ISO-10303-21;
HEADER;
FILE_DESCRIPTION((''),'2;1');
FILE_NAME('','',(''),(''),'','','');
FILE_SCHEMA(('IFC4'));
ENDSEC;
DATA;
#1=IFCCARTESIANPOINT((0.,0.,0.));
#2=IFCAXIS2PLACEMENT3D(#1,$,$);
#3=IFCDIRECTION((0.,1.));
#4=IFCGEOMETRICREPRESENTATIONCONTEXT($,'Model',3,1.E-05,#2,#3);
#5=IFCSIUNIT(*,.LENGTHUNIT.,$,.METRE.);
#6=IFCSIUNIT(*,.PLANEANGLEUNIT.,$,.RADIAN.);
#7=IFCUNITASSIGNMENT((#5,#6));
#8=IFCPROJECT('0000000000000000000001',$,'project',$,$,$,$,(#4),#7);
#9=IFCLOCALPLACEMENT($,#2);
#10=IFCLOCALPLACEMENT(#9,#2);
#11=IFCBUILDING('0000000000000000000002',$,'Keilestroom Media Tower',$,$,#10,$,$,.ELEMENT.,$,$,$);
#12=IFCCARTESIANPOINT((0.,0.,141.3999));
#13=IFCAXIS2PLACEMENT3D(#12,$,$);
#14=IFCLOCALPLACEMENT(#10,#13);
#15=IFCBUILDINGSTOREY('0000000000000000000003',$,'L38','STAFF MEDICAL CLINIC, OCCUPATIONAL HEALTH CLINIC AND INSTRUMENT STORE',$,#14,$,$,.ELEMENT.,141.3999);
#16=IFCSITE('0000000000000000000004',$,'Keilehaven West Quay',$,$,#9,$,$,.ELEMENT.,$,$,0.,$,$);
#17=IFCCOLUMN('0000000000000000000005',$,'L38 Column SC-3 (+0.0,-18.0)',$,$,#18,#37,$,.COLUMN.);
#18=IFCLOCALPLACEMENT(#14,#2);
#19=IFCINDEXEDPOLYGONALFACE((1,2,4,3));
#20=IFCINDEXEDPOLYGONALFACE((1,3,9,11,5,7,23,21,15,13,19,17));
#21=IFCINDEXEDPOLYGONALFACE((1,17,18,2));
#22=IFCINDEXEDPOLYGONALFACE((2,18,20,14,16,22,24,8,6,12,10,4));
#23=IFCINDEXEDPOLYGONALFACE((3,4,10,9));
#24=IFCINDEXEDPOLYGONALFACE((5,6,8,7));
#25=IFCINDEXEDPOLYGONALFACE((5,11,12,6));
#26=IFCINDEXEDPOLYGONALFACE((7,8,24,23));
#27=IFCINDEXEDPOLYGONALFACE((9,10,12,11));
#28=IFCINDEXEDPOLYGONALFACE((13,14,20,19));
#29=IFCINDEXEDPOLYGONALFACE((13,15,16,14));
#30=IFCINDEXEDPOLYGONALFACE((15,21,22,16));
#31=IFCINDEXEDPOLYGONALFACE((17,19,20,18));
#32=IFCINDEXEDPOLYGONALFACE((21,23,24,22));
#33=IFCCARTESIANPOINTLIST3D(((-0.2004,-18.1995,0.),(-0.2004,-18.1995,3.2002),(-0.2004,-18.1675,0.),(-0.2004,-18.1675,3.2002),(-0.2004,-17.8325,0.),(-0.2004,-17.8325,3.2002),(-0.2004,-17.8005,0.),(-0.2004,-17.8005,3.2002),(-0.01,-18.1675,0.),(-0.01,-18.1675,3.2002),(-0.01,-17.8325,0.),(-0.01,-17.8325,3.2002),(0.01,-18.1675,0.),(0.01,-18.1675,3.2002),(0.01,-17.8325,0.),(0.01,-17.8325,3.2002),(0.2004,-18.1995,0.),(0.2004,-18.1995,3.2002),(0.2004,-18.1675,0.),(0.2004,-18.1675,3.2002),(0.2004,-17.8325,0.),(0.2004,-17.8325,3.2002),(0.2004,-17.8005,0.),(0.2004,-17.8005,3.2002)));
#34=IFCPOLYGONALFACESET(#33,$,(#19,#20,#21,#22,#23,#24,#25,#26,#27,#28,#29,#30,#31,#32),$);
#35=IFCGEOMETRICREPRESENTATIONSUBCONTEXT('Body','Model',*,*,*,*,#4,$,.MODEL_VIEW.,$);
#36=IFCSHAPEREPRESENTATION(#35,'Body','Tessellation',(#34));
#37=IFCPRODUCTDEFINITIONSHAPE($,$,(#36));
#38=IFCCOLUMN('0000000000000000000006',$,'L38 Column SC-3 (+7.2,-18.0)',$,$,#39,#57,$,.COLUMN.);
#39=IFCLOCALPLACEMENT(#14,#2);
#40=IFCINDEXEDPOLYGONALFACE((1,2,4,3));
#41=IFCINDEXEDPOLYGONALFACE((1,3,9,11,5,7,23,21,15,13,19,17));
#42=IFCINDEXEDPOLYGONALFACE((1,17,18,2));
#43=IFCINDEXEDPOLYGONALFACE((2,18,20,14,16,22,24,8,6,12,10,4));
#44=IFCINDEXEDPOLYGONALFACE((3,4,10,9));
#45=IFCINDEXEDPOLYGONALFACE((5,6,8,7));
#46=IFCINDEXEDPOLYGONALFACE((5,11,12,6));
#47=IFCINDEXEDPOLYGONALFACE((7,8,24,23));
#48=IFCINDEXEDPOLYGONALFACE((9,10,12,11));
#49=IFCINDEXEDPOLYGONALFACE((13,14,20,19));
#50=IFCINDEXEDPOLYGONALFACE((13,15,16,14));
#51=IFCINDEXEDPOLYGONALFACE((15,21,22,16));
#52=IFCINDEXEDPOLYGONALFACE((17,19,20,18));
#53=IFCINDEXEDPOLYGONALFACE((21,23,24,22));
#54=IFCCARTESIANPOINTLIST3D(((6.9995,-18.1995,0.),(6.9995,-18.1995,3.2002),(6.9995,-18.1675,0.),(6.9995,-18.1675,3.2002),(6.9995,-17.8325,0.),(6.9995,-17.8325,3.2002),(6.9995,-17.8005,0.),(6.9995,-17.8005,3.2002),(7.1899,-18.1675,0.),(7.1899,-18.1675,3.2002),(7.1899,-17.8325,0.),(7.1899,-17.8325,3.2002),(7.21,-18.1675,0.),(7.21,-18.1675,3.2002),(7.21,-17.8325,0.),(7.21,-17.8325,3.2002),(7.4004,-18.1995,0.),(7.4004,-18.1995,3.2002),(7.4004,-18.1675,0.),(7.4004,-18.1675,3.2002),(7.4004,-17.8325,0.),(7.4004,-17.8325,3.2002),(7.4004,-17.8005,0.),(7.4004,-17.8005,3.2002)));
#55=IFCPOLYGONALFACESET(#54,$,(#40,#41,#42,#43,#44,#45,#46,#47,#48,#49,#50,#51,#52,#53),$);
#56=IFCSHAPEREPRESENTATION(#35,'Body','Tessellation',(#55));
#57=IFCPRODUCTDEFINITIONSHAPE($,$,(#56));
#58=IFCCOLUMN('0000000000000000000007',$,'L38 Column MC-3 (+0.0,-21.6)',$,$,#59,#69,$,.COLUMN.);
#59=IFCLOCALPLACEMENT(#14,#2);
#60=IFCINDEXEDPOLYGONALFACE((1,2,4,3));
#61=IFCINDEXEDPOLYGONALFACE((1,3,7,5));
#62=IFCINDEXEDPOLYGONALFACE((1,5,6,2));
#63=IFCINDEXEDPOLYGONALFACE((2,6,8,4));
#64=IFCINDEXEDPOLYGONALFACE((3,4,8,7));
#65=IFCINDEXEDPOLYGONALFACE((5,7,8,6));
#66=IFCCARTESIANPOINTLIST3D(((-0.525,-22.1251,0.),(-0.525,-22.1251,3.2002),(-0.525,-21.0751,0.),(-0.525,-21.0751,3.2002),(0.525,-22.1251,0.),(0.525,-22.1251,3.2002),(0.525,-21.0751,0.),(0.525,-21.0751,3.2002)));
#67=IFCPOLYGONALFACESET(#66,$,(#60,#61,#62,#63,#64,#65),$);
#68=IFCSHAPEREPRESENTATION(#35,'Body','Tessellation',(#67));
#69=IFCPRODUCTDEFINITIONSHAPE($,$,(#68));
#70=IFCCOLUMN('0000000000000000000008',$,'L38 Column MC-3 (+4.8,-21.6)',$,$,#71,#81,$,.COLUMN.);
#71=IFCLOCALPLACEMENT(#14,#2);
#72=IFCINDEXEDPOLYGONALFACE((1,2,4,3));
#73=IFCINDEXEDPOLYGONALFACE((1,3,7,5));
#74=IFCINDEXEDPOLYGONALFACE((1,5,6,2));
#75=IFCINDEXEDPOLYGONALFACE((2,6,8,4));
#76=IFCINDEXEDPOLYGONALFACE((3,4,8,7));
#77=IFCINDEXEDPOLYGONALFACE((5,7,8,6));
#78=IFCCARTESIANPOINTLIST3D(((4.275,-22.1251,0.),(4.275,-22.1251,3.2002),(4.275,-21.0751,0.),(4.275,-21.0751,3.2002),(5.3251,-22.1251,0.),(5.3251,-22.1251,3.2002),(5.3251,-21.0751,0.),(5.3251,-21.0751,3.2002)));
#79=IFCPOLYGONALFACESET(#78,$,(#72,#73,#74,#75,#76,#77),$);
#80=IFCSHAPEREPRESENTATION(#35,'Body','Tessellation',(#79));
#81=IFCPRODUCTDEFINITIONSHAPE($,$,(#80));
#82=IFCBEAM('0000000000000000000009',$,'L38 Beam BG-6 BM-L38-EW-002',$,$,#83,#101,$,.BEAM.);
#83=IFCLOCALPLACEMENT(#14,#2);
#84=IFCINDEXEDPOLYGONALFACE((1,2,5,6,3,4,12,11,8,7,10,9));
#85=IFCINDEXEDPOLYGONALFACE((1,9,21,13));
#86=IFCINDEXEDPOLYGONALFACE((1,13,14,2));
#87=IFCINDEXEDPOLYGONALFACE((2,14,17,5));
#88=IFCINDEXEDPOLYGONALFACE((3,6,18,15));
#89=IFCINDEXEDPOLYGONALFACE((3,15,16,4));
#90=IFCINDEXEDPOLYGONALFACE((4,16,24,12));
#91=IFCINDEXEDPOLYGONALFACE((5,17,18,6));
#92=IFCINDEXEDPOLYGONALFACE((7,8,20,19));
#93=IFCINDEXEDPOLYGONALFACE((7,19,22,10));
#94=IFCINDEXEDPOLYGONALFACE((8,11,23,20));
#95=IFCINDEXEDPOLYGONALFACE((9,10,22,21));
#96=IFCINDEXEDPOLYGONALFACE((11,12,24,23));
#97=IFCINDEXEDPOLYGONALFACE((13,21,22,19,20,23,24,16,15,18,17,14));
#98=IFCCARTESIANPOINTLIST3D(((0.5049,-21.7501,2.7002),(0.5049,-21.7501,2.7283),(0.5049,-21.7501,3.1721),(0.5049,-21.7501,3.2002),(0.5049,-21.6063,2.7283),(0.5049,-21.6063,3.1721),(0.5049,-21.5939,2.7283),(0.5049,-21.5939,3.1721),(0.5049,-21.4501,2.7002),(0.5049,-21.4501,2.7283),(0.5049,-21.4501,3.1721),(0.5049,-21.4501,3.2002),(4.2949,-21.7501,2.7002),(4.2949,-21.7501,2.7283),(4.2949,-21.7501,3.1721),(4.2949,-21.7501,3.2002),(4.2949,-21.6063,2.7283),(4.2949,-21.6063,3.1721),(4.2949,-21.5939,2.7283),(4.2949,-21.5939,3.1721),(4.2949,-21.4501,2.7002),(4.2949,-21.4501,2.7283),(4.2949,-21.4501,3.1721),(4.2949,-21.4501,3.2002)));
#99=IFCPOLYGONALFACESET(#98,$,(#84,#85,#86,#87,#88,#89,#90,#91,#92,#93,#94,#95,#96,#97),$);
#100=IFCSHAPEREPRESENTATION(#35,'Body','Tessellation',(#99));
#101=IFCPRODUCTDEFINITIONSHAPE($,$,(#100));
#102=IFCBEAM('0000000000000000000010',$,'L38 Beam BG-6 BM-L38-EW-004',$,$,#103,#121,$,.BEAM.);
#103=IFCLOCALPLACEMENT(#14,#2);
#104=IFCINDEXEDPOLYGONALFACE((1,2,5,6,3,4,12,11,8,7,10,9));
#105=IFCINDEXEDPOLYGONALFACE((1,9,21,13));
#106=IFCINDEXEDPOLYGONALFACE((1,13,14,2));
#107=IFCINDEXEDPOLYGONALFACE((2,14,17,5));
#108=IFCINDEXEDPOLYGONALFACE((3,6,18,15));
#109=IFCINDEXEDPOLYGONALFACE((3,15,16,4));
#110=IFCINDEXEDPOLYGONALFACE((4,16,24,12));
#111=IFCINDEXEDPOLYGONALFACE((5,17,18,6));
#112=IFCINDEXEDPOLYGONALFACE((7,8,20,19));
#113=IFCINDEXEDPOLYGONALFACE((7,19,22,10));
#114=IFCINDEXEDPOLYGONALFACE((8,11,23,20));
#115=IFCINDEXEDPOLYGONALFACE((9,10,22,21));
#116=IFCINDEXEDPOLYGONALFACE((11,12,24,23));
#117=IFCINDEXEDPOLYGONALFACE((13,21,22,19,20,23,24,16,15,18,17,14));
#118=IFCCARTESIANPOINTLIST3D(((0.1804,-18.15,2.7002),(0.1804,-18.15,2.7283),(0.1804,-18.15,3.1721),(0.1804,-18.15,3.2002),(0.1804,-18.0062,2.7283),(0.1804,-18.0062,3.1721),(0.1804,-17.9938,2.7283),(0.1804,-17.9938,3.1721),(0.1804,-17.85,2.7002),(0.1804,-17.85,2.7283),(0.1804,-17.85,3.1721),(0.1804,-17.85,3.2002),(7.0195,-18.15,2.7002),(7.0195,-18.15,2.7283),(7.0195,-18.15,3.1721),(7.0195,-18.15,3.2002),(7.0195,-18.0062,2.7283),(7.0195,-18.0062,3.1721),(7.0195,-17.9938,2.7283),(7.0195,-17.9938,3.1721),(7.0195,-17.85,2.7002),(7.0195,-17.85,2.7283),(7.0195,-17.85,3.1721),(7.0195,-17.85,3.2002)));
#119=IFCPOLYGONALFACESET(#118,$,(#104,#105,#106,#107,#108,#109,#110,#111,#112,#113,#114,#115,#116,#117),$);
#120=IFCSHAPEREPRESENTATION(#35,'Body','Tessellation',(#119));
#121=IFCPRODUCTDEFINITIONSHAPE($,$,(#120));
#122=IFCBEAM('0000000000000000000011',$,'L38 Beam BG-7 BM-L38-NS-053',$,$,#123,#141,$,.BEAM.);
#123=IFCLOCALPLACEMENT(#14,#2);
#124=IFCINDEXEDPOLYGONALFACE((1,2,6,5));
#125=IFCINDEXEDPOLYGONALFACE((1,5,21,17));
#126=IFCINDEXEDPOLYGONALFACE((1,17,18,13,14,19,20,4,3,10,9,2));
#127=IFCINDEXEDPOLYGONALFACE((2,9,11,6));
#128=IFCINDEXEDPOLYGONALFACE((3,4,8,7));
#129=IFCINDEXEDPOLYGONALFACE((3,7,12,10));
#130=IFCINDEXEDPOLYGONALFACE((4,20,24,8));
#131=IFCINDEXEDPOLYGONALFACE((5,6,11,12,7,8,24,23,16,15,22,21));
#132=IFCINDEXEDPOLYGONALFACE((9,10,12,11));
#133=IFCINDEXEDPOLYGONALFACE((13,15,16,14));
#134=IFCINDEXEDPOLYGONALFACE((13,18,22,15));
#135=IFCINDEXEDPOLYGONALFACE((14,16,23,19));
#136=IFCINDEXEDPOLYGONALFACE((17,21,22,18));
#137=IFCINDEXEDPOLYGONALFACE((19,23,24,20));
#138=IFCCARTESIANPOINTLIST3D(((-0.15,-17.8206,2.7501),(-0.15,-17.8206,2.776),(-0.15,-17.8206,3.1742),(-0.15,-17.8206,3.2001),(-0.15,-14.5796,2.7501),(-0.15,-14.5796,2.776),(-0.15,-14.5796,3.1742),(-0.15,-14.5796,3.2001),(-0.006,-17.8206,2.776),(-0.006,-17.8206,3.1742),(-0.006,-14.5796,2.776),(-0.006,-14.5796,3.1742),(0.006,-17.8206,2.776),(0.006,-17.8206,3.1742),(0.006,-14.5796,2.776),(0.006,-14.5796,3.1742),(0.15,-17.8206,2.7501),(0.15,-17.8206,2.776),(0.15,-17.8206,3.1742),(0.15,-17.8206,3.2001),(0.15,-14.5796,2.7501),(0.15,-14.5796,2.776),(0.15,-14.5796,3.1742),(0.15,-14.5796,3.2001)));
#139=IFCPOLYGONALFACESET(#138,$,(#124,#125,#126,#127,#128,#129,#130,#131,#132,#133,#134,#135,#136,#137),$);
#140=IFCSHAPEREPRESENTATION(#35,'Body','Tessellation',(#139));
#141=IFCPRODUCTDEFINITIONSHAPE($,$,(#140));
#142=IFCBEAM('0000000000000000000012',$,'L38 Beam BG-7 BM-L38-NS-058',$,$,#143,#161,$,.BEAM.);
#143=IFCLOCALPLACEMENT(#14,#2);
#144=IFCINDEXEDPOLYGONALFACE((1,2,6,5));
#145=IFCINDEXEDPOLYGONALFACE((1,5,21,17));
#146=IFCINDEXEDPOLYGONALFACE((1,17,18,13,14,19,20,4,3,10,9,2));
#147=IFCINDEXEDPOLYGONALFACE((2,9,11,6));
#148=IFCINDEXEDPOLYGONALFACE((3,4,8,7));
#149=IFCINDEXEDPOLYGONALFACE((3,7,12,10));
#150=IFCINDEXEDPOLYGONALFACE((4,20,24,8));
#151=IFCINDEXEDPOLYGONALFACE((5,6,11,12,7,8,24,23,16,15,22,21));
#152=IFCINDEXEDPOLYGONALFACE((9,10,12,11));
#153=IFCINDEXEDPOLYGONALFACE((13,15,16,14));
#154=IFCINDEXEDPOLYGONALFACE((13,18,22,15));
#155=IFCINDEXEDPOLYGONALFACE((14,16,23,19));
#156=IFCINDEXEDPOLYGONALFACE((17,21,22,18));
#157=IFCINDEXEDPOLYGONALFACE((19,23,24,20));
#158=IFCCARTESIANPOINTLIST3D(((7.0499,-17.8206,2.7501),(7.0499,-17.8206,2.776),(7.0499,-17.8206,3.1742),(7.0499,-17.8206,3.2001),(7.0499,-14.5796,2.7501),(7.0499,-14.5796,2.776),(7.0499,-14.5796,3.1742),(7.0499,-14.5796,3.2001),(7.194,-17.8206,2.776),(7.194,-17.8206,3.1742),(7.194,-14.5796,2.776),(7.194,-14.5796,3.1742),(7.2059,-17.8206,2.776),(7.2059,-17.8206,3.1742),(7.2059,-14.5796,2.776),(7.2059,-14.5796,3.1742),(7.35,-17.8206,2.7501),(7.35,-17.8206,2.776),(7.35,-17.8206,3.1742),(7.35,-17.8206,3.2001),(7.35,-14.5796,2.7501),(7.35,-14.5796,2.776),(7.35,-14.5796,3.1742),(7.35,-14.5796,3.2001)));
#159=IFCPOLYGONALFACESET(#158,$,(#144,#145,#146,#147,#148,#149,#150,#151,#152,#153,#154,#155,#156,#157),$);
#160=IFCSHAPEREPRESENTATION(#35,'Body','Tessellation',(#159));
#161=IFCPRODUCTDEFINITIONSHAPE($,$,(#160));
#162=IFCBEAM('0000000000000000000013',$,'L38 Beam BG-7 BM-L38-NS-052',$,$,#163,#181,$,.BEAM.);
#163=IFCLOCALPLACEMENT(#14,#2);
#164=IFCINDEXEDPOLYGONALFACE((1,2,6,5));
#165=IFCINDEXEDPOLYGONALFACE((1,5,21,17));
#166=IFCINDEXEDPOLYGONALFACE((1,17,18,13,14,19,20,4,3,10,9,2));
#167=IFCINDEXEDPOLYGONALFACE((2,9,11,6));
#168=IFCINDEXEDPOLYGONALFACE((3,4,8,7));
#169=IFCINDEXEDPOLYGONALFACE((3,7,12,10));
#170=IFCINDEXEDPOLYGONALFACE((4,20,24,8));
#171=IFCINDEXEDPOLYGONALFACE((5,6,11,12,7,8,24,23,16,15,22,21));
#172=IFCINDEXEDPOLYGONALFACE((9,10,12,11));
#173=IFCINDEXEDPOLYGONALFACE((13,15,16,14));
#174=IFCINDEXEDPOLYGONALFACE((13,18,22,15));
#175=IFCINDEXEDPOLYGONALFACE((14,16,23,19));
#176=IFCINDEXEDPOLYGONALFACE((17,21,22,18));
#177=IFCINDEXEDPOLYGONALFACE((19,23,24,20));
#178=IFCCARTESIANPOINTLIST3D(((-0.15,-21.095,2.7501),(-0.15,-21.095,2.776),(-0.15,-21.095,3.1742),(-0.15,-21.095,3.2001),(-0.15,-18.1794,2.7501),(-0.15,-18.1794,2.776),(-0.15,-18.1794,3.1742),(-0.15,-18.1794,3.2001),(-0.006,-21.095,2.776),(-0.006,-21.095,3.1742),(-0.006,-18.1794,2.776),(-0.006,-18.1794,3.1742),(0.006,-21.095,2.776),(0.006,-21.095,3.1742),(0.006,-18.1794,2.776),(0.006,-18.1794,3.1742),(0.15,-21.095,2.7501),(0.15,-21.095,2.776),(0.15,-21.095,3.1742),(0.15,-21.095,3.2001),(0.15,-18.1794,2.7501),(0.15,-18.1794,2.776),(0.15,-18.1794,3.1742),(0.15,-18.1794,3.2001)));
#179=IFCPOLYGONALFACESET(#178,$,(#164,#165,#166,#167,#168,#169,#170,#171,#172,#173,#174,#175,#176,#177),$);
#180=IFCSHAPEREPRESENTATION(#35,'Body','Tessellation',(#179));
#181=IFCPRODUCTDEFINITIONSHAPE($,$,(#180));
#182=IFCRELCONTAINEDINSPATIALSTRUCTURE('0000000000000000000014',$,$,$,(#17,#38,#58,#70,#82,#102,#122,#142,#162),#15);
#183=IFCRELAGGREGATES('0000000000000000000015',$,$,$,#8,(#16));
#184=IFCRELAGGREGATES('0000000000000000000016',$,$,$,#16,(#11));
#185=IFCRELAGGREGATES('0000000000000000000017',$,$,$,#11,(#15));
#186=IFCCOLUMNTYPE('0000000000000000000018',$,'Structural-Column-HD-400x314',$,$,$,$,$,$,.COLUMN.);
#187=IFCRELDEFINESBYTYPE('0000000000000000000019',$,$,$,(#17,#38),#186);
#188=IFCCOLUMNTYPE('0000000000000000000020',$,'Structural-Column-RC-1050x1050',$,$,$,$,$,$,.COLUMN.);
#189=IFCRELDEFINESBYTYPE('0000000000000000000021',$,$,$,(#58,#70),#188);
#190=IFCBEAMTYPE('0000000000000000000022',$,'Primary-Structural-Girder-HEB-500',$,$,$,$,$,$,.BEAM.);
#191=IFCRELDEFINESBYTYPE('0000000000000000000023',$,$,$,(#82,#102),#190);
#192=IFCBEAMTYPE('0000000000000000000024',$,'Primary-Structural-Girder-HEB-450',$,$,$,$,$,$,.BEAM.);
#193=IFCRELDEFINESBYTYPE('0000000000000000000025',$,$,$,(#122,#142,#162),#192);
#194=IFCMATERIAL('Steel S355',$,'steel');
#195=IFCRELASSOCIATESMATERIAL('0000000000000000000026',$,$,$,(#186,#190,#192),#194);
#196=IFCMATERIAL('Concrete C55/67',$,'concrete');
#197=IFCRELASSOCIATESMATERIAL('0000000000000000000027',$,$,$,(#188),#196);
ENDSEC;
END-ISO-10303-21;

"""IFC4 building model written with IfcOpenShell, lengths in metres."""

from ifc_helpers import new_model, si_unit, direction, frame, origin, origin_2d, place, context, subcontext, project, spatial, rectangle, i_section, extrude, source, transform, mapped, material, material_profile, profile_set, type_object, element, save


model = new_model("IFC4")

# Units and contexts
model_context = context("Model", 3, precision=1e-05, world=origin(), true_north=direction((0.0, 1.0)))
body_context = subcontext(model_context, "Body", "Model", "MODEL_VIEW")
ifc_project = project(units=[si_unit("LENGTHUNIT", "METRE"), si_unit("PLANEANGLEUNIT", "RADIAN")], contexts=[model_context])

# Site, building, storey
site_placement = place(None, origin())
site = spatial("IfcSite", under=ifc_project, at=site_placement, Name="Keilehaven West Quay", CompositionType="ELEMENT", RefElevation=0.0)
building_placement = place(site_placement, origin())
building = spatial("IfcBuilding", under=site, at=building_placement, Name="Keilestroom Media Tower", CompositionType="ELEMENT")
storey_placement = place(building_placement, frame((0.0, 0.0, 141.3999)))
storey = spatial("IfcBuildingStorey", under=building, at=storey_placement, Name="L38", Description="STAFF MEDICAL CLINIC, OCCUPATIONAL HEALTH CLINIC AND INSTRUMENT STORE", CompositionType="ELEMENT", Elevation=141.3999)

# Columns
ifc_material_1 = material(Name="Steel S355", Category="steel")
ifc_material_profile_1 = material_profile(ifc_material_1, i_section(OverallWidth=0.4009, OverallDepth=0.3989, WebThickness=0.02, FlangeThickness=0.032, at=origin_2d()), Name="HD 400x314")
ifc_profile_set_1 = profile_set([ifc_material_profile_1], Name="Steel S355")
column_type_1 = type_object("IfcColumnType", Name="Structural-Column-HD-400x314", PredefinedType="COLUMN", material=ifc_profile_set_1)
shared_shape_1 = source(origin(), body_context, "Body", "SweptSolid", [
    extrude(i_section(OverallWidth=0.4009, OverallDepth=0.3989, WebThickness=0.02, FlangeThickness=0.032, at=origin_2d()), origin(), (0.0, 0.0, 1.0), 3.2002),
])
for number, where, z_axis, x_axis, name in (
    (1, (0.0, -18.0, 0.0), (0.0, 0.0, 1.0), (1.0, 0.0, 0.0), "L38 Column SC-3 (+0.0,-18.0)"),
    (2, (7.2, -18.0, 0.0), (0.0, 0.0, 1.0), (1.0, 0.0, 0.0), "L38 Column SC-3 (+7.2,-18.0)"),
):
    element("IfcColumn", number, at=place(storey_placement, frame(where, z_axis=z_axis, x_axis=x_axis)), inside=storey, type_object=column_type_1, Name=name, PredefinedType="COLUMN", context=body_context, shape_type="MappedRepresentation", body=[
        mapped(shared_shape_1, transform((0.0, 0.0, 0.0), x_axis=(1.0, 0.0, 0.0), y_axis=(0.0, 1.0, 0.0), z_axis=(0.0, 0.0, 1.0), scale=1.0)),
    ])
ifc_material_2 = material(Name="Concrete C55/67", Category="concrete")
ifc_material_profile_2 = material_profile(ifc_material_2, rectangle(XDim=1.05, YDim=1.05, at=origin_2d()), Name="RC 1050x1050")
ifc_profile_set_2 = profile_set([ifc_material_profile_2], Name="Concrete C55/67")
column_type_2 = type_object("IfcColumnType", Name="Structural-Column-RC-1050x1050", PredefinedType="COLUMN", material=ifc_profile_set_2)
shared_shape_2 = source(origin(), body_context, "Body", "SweptSolid", [
    extrude(rectangle(XDim=1.05, YDim=1.05, at=origin_2d()), origin(), (0.0, 0.0, 1.0), 3.2002),
])
for number, where, z_axis, x_axis, name in (
    (3, (0.0, -21.6001, 0.0), (0.0, 0.0, 1.0), (1.0, 0.0, 0.0), "L38 Column MC-3 (+0.0,-21.6)"),
    (4, (4.8, -21.6001, 0.0), (0.0, 0.0, 1.0), (1.0, 0.0, 0.0), "L38 Column MC-3 (+4.8,-21.6)"),
):
    element("IfcColumn", number, at=place(storey_placement, frame(where, z_axis=z_axis, x_axis=x_axis)), inside=storey, type_object=column_type_2, Name=name, PredefinedType="COLUMN", context=body_context, shape_type="MappedRepresentation", body=[
        mapped(shared_shape_2, transform((0.0, 0.0, 0.0), x_axis=(1.0, 0.0, 0.0), y_axis=(0.0, 1.0, 0.0), z_axis=(0.0, 0.0, 1.0), scale=1.0)),
    ])

# Beams
ifc_material_profile_3 = material_profile(ifc_material_1, i_section(OverallWidth=0.3, OverallDepth=0.5, WebThickness=0.0125, FlangeThickness=0.0281, at=origin_2d()), Name="HEB 500")
ifc_profile_set_3 = profile_set([ifc_material_profile_3], Name="Steel S355")
beam_type_1 = type_object("IfcBeamType", Name="Primary-Structural-Girder-HEB-500", PredefinedType="BEAM", material=ifc_profile_set_3)
shared_shape_3 = source(origin(), body_context, "Body", "SweptSolid", [
    extrude(i_section(OverallWidth=0.3, OverallDepth=0.5, WebThickness=0.0125, FlangeThickness=0.0281, at=origin_2d()), origin(), (0.0, 0.0, 1.0), 3.79),
])
beam_1_placement = place(storey_placement, frame((0.5049, -21.6001, 2.9502), z_axis=(1.0, 0.0, 0.0), x_axis=(0.0, 1.0, 0.0)))
element("IfcBeam", 5, at=beam_1_placement, inside=storey, type_object=beam_type_1, Name="L38 Beam BG-6 BM-L38-EW-002", PredefinedType="BEAM", context=body_context, shape_type="MappedRepresentation", body=[
    mapped(shared_shape_3, transform((0.0, 0.0, 0.0), x_axis=(1.0, 0.0, 0.0), y_axis=(0.0, 1.0, 0.0), z_axis=(0.0, 0.0, 1.0), scale=1.0)),
])
shared_shape_4 = source(origin(), body_context, "Body", "SweptSolid", [
    extrude(i_section(OverallWidth=0.3, OverallDepth=0.5, WebThickness=0.0125, FlangeThickness=0.0281, at=origin_2d()), origin(), (0.0, 0.0, 1.0), 6.8391),
])
beam_2_placement = place(storey_placement, frame((0.1804, -18.0, 2.9502), z_axis=(1.0, 0.0, 0.0), x_axis=(0.0, 1.0, 0.0)))
element("IfcBeam", 6, at=beam_2_placement, inside=storey, type_object=beam_type_1, Name="L38 Beam BG-6 BM-L38-EW-004", PredefinedType="BEAM", context=body_context, shape_type="MappedRepresentation", body=[
    mapped(shared_shape_4, transform((0.0, 0.0, 0.0), x_axis=(1.0, 0.0, 0.0), y_axis=(0.0, 1.0, 0.0), z_axis=(0.0, 0.0, 1.0), scale=1.0)),
])
ifc_material_profile_4 = material_profile(ifc_material_1, i_section(OverallWidth=0.3, OverallDepth=0.45, WebThickness=0.012, FlangeThickness=0.0259, at=origin_2d()), Name="HEB 450")
ifc_profile_set_4 = profile_set([ifc_material_profile_4], Name="Steel S355")
beam_type_2 = type_object("IfcBeamType", Name="Primary-Structural-Girder-HEB-450", PredefinedType="BEAM", material=ifc_profile_set_4)
shared_shape_5 = source(origin(), body_context, "Body", "SweptSolid", [
    extrude(i_section(OverallWidth=0.3, OverallDepth=0.45, WebThickness=0.012, FlangeThickness=0.0259, at=origin_2d()), origin(), (0.0, 0.0, 1.0), 3.241),
])
for number, where, z_axis, x_axis, name in (
    (7, (0.0, -17.8206, 2.9751), (0.0, 1.0, 0.0), (-1.0, 0.0, 0.0), "L38 Beam BG-7 BM-L38-NS-053"),
    (8, (7.2, -17.8206, 2.9751), (0.0, 1.0, 0.0), (-1.0, 0.0, 0.0), "L38 Beam BG-7 BM-L38-NS-058"),
):
    element("IfcBeam", number, at=place(storey_placement, frame(where, z_axis=z_axis, x_axis=x_axis)), inside=storey, type_object=beam_type_2, Name=name, PredefinedType="BEAM", context=body_context, shape_type="MappedRepresentation", body=[
        mapped(shared_shape_5, transform((0.0, 0.0, 0.0), x_axis=(1.0, 0.0, 0.0), y_axis=(0.0, 1.0, 0.0), z_axis=(0.0, 0.0, 1.0), scale=1.0)),
    ])
shared_shape_6 = source(origin(), body_context, "Body", "SweptSolid", [
    extrude(i_section(OverallWidth=0.3, OverallDepth=0.45, WebThickness=0.012, FlangeThickness=0.0259, at=origin_2d()), origin(), (0.0, 0.0, 1.0), 2.9155),
])
beam_3_placement = place(storey_placement, frame((0.0, -21.095, 2.9751), z_axis=(0.0, 1.0, 0.0), x_axis=(-1.0, 0.0, 0.0)))
element("IfcBeam", 9, at=beam_3_placement, inside=storey, type_object=beam_type_2, Name="L38 Beam BG-7 BM-L38-NS-052", PredefinedType="BEAM", context=body_context, shape_type="MappedRepresentation", body=[
    mapped(shared_shape_6, transform((0.0, 0.0, 0.0), x_axis=(1.0, 0.0, 0.0), y_axis=(0.0, 1.0, 0.0), z_axis=(0.0, 0.0, 1.0), scale=1.0)),
])

save(model, "model.ifc")
